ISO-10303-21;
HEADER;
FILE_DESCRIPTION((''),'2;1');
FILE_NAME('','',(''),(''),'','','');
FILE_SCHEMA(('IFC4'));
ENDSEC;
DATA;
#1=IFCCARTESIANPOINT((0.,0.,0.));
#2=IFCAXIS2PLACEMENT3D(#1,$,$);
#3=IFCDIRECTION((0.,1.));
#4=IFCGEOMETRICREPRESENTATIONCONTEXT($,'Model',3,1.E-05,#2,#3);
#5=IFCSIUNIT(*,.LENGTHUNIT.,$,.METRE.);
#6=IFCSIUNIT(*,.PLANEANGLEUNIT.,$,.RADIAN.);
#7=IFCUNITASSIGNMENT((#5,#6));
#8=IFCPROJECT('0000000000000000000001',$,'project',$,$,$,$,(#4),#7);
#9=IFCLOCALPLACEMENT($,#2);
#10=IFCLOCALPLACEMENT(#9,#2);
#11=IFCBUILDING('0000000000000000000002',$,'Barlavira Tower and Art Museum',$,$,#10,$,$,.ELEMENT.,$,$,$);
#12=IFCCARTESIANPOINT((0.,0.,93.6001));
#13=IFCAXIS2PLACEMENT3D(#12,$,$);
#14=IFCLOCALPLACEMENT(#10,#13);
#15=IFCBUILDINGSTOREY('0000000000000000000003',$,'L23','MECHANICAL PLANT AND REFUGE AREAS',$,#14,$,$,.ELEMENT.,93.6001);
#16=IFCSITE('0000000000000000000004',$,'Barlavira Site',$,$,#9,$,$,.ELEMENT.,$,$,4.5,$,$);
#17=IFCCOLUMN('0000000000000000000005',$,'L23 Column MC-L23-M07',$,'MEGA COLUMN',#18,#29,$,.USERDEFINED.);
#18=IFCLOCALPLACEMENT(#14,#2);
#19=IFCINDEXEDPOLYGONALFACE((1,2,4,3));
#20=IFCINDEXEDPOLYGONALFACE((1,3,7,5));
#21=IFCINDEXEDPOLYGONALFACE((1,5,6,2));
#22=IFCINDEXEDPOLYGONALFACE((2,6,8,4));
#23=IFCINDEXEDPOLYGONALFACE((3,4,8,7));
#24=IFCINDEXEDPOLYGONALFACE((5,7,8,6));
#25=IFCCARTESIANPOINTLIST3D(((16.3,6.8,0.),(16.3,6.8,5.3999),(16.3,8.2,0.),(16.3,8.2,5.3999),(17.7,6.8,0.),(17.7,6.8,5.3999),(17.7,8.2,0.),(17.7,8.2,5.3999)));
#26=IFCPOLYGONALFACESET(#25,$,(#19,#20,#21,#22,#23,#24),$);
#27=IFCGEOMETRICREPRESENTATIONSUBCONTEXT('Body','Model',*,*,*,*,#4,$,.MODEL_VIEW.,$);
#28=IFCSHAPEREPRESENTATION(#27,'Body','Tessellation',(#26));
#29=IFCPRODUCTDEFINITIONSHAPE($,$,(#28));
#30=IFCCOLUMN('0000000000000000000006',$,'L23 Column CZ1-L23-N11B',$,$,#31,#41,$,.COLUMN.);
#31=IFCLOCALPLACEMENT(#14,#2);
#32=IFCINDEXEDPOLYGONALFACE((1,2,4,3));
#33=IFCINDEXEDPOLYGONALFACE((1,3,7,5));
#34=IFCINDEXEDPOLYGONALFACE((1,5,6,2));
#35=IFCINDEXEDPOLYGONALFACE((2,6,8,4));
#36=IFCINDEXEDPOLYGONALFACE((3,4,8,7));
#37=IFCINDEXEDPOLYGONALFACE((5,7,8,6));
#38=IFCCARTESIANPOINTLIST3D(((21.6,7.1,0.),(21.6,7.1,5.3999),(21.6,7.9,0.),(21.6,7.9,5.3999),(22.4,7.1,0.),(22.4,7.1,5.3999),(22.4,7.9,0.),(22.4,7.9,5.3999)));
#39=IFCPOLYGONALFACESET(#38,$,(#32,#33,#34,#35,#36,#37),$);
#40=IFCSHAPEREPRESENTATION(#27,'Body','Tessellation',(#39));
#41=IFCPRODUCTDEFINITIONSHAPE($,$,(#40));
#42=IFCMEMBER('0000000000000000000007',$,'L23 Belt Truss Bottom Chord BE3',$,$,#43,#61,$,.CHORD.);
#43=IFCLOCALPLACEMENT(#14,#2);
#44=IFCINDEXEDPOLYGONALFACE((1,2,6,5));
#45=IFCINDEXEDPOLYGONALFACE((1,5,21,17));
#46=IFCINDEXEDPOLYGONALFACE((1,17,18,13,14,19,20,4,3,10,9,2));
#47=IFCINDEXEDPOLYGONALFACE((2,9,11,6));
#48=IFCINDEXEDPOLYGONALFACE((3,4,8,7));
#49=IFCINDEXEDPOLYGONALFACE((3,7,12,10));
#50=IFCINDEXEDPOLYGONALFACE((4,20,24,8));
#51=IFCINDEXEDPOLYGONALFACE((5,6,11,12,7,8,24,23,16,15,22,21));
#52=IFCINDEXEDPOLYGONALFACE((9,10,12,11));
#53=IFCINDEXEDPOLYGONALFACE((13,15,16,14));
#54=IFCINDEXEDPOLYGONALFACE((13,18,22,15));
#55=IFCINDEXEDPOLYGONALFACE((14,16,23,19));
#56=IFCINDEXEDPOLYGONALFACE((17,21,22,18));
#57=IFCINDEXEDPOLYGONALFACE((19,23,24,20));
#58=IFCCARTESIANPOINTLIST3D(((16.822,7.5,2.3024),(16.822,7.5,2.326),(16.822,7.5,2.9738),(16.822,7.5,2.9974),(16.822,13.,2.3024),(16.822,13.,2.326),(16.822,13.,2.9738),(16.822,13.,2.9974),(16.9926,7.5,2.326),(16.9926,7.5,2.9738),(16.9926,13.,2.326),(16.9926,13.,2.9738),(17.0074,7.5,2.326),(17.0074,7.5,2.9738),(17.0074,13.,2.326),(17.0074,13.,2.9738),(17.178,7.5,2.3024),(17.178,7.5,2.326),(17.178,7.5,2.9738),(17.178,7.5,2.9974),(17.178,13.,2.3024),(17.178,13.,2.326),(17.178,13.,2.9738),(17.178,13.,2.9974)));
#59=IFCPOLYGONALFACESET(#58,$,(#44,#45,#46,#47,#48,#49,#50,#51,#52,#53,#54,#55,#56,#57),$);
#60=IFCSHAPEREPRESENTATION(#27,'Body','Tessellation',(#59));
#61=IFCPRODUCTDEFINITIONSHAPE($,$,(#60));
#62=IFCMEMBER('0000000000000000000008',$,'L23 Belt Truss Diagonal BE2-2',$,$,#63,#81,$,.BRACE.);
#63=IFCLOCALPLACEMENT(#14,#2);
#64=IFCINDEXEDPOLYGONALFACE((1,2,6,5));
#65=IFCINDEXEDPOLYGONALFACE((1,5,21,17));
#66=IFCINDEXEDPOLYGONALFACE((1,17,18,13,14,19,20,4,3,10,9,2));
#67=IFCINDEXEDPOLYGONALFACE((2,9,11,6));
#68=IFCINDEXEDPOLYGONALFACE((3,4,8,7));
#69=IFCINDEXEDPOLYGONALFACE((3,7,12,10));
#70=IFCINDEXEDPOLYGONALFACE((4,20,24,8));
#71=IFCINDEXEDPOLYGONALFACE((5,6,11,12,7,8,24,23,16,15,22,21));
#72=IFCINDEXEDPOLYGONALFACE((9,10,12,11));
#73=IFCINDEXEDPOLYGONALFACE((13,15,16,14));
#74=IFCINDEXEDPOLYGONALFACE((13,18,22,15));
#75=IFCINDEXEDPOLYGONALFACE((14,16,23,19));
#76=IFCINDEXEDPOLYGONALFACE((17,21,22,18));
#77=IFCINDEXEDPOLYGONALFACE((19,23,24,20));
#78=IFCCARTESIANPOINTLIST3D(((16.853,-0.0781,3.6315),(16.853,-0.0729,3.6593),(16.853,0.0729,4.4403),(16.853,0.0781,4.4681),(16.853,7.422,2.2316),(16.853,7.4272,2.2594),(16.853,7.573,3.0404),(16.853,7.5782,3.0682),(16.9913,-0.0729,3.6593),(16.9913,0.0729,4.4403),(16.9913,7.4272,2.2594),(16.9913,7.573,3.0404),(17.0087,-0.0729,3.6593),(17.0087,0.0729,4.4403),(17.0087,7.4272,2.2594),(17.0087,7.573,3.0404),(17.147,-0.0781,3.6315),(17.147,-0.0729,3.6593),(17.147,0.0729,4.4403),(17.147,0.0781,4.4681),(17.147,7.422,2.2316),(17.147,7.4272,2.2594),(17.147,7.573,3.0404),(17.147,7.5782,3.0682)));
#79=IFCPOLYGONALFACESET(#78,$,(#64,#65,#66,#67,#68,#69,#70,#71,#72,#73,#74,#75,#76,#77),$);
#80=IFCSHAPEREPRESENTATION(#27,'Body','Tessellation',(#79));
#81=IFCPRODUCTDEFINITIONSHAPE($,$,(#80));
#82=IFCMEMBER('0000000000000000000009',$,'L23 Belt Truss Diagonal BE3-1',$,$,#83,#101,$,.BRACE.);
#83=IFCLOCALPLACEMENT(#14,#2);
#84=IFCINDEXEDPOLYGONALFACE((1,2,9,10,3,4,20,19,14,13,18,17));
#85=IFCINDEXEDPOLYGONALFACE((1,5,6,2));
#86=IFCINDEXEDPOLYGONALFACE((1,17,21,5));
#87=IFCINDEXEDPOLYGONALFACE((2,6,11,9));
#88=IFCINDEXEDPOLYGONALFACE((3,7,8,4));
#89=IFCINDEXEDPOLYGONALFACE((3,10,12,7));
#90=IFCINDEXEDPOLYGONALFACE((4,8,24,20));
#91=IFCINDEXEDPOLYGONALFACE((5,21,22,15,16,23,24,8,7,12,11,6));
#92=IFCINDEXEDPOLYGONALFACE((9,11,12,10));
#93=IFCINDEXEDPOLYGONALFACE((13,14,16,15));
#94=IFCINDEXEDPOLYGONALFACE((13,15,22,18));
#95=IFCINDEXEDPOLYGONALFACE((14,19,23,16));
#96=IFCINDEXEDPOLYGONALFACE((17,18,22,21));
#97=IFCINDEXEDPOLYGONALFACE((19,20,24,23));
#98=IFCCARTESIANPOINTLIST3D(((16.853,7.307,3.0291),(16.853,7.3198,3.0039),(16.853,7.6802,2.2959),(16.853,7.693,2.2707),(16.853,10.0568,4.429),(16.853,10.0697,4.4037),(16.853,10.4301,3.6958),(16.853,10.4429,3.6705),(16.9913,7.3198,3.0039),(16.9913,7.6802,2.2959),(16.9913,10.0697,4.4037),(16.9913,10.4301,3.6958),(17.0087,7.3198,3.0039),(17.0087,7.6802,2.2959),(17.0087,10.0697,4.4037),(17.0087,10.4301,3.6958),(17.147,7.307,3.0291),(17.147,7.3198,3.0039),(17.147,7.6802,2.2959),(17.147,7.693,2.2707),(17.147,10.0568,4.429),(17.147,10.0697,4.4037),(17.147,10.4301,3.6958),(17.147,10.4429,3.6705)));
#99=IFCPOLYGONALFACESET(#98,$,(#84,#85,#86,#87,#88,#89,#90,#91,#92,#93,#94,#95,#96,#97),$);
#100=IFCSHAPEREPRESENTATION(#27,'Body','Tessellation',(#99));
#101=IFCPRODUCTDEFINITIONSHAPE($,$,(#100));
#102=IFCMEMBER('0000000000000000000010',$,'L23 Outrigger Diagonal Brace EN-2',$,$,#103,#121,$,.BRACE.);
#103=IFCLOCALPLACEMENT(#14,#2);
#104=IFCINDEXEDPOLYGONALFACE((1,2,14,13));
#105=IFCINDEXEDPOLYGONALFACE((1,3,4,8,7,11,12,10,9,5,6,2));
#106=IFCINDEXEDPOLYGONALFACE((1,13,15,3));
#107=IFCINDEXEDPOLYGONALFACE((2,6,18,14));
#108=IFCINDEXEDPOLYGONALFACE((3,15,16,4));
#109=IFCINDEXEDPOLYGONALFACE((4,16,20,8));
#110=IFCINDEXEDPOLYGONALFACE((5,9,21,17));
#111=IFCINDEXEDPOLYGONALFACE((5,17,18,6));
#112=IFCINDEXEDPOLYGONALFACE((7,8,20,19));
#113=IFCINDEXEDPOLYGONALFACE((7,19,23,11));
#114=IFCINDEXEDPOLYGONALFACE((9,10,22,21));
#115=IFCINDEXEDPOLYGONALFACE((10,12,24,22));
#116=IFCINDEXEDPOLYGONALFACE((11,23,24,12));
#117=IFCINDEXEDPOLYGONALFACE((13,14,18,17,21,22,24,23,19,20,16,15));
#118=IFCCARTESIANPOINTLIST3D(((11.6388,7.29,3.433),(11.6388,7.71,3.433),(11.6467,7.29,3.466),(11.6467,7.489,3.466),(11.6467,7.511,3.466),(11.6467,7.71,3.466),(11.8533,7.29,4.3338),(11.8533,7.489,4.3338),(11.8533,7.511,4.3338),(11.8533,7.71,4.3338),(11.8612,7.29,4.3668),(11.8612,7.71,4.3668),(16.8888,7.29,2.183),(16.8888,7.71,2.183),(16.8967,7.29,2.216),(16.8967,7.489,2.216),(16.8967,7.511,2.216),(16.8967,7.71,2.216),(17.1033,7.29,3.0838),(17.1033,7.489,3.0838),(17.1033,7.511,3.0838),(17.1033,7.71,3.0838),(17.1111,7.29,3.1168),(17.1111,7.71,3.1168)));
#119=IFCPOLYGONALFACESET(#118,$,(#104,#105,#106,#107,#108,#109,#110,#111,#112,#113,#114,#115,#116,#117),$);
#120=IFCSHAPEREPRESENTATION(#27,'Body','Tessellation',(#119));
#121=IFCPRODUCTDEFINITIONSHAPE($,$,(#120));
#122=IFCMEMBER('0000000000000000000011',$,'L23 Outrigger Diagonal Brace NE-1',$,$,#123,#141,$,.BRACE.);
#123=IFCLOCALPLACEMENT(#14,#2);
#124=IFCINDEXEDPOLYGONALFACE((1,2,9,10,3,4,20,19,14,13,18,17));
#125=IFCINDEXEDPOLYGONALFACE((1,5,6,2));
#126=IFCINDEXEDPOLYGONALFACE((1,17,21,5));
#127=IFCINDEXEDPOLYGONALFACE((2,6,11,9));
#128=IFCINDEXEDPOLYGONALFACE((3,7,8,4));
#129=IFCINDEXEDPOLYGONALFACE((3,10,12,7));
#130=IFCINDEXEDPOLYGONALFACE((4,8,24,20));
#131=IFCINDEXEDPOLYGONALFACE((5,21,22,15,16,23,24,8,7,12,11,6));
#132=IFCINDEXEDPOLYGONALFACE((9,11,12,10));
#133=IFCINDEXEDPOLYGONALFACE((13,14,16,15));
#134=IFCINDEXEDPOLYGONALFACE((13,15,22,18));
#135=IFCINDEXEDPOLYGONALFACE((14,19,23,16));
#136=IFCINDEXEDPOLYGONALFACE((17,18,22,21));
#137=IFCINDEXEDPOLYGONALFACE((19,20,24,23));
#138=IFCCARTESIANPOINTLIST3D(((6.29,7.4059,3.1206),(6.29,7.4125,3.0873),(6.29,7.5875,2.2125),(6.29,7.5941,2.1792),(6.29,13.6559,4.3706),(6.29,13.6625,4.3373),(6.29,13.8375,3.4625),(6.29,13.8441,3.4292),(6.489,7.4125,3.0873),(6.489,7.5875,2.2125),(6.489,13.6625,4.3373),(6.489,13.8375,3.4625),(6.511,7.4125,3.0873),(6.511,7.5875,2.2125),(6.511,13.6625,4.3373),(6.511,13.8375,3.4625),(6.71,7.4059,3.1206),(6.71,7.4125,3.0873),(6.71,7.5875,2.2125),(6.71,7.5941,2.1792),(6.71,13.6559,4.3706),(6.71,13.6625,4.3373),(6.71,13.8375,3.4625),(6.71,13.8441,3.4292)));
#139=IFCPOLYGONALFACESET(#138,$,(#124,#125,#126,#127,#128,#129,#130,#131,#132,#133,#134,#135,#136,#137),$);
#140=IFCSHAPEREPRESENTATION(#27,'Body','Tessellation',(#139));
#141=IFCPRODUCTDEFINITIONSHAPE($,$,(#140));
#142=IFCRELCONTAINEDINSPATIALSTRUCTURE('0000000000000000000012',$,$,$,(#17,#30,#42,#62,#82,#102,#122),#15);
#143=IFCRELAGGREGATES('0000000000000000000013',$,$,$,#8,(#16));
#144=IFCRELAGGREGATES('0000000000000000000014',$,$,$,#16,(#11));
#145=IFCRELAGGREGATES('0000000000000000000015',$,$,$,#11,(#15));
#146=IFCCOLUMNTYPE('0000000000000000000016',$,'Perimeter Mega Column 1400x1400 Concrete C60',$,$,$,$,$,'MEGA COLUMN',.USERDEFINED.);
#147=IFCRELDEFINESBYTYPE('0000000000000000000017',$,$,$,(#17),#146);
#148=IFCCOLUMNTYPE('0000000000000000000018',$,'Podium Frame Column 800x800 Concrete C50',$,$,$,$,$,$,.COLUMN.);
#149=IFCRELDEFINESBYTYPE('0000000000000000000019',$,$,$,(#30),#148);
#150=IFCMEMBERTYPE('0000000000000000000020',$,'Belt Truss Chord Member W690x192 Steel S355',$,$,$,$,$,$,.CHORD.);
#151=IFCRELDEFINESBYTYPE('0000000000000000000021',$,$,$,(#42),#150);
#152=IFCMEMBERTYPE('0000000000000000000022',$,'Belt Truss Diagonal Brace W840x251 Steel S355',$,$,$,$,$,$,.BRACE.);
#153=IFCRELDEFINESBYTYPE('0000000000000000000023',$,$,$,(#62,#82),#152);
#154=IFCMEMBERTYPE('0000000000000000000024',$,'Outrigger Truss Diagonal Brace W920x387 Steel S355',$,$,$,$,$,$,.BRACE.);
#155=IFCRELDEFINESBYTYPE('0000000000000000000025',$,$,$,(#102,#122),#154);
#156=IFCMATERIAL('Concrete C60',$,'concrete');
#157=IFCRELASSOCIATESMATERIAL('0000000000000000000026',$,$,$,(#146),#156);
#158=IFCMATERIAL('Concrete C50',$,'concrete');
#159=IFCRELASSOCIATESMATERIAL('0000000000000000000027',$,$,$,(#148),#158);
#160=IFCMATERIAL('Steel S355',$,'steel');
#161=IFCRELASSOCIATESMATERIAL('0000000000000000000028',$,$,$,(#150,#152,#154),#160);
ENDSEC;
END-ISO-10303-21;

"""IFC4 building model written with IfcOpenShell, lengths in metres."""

from ifc_helpers import new_model, si_unit, direction, frame, origin, origin_2d, place, context, subcontext, project, spatial, rectangle, i_section, extrude, material, material_profile, profile_set, type_object, element, save


model = new_model("IFC4")

# Units and contexts
model_context = context("Model", 3, precision=1e-05, world=origin(), true_north=direction((0.0, 1.0)))
body_context = subcontext(model_context, "Body", "Model", "MODEL_VIEW")
ifc_project = project(units=[si_unit("LENGTHUNIT", "METRE"), si_unit("PLANEANGLEUNIT", "RADIAN")], contexts=[model_context])

# Site, building, storey
site_placement = place(None, origin())
site = spatial("IfcSite", under=ifc_project, at=site_placement, Name="Barlavira Site", CompositionType="ELEMENT", RefElevation=4.5)
building_placement = place(site_placement, origin())
building = spatial("IfcBuilding", under=site, at=building_placement, Name="Barlavira Tower and Art Museum", CompositionType="ELEMENT")
storey_placement = place(building_placement, frame((0.0, 0.0, 93.6001)))
storey = spatial("IfcBuildingStorey", under=building, at=storey_placement, Name="L23", Description="MECHANICAL PLANT AND REFUGE AREAS", CompositionType="ELEMENT", Elevation=93.6001)

# Columns
ifc_material_1 = material(Name="Concrete C60", Category="concrete")
ifc_material_profile_1 = material_profile(ifc_material_1, rectangle(XDim=1.3999, YDim=1.3999, at=origin_2d()), Name="RC-MCOL 1400x1400")
ifc_profile_set_1 = profile_set([ifc_material_profile_1], Name="Concrete C60")
column_type_1 = type_object("IfcColumnType", Name="Perimeter Mega Column 1400x1400 Concrete C60", ElementType="MEGA COLUMN", PredefinedType="USERDEFINED", material=ifc_profile_set_1)
column_1_placement = place(storey_placement, frame((17.0, 7.5, 0.0), z_axis=(0.0, 0.0, 1.0), x_axis=(1.0, 0.0, 0.0)))
element("IfcColumn", 1, at=column_1_placement, inside=storey, type_object=column_type_1, Name="L23 Column MC-L23-M07", ObjectType="MEGA COLUMN", PredefinedType="USERDEFINED", context=body_context, shape_type="SweptSolid", body=[
    extrude(rectangle(XDim=1.3999, YDim=1.3999, at=origin_2d()), origin(), (0.0, 0.0, 1.0), 5.3999),
])
ifc_material_2 = material(Name="Concrete C50", Category="concrete")
ifc_material_profile_2 = material_profile(ifc_material_2, rectangle(XDim=0.8, YDim=0.8, at=origin_2d()), Name="RC-COL 800x800")
ifc_profile_set_2 = profile_set([ifc_material_profile_2], Name="Concrete C50")
column_type_2 = type_object("IfcColumnType", Name="Podium Frame Column 800x800 Concrete C50", PredefinedType="COLUMN", material=ifc_profile_set_2)
column_2_placement = place(storey_placement, frame((22.0, 7.5, 0.0), z_axis=(0.0, 0.0, 1.0), x_axis=(1.0, 0.0, 0.0)))
element("IfcColumn", 2, at=column_2_placement, inside=storey, type_object=column_type_2, Name="L23 Column CZ1-L23-N11B", PredefinedType="COLUMN", context=body_context, shape_type="SweptSolid", body=[
    extrude(rectangle(XDim=0.8, YDim=0.8, at=origin_2d()), origin(), (0.0, 0.0, 1.0), 5.3999),
])

# Members
ifc_material_3 = material(Name="Steel S355", Category="steel")
ifc_material_profile_3 = material_profile(ifc_material_3, i_section(OverallWidth=0.356, OverallDepth=0.6951, WebThickness=0.0149, FlangeThickness=0.0237, at=origin_2d()), Name="W690x192.0")
ifc_profile_set_3 = profile_set([ifc_material_profile_3], Name="Steel S355")
member_type_1 = type_object("IfcMemberType", Name="Belt Truss Chord Member W690x192 Steel S355", PredefinedType="CHORD", material=ifc_profile_set_3)
member_1_placement = place(storey_placement, frame((17.0, 7.5, 2.6499), z_axis=(0.0, 1.0, 0.0), x_axis=(-1.0, 0.0, 0.0)))
element("IfcMember", 3, at=member_1_placement, inside=storey, type_object=member_type_1, Name="L23 Belt Truss Bottom Chord BE3", PredefinedType="CHORD", context=body_context, shape_type="SweptSolid", body=[
    extrude(i_section(OverallWidth=0.356, OverallDepth=0.6951, WebThickness=0.0149, FlangeThickness=0.0237, at=origin_2d()), origin(), (0.0, 0.0, 1.0), 5.5),
])
ifc_material_profile_4 = material_profile(ifc_material_3, i_section(OverallWidth=0.2939, OverallDepth=0.8511, WebThickness=0.0173, FlangeThickness=0.0283, at=origin_2d()), Name="W840x251.0")
ifc_profile_set_4 = profile_set([ifc_material_profile_4], Name="Steel S355")
member_type_2 = type_object("IfcMemberType", Name="Belt Truss Diagonal Brace W840x251 Steel S355", PredefinedType="BRACE", material=ifc_profile_set_4)
member_2_placement = place(storey_placement, frame((17.0, 0.0, 4.0498), z_axis=(0.0, 0.983023, -0.183485), x_axis=(-1.0, 0.0, 0.0)))
element("IfcMember", 4, at=member_2_placement, inside=storey, type_object=member_type_2, Name="L23 Belt Truss Diagonal BE2-2", PredefinedType="BRACE", context=body_context, shape_type="SweptSolid", body=[
    extrude(i_section(OverallWidth=0.2939, OverallDepth=0.8511, WebThickness=0.0173, FlangeThickness=0.0283, at=origin_2d()), origin(), (0.0, 0.0, 1.0), 7.6296),
])
member_3_placement = place(storey_placement, frame((17.0, 7.5, 2.6499), z_axis=(0.0, 0.891176, 0.453658), x_axis=(-1.0, 0.0, 0.0)))
element("IfcMember", 5, at=member_3_placement, inside=storey, type_object=member_type_2, Name="L23 Belt Truss Diagonal BE3-1", PredefinedType="BRACE", context=body_context, shape_type="SweptSolid", body=[
    extrude(i_section(OverallWidth=0.2939, OverallDepth=0.8511, WebThickness=0.0173, FlangeThickness=0.0283, at=origin_2d()), origin(), (0.0, 0.0, 1.0), 3.0857),
])
ifc_material_profile_5 = material_profile(ifc_material_3, i_section(OverallWidth=0.4199, OverallDepth=0.96, WebThickness=0.022, FlangeThickness=0.0339, at=origin_2d()), Name="W920x387.0")
ifc_profile_set_5 = profile_set([ifc_material_profile_5], Name="Steel S355")
member_type_3 = type_object("IfcMemberType", Name="Outrigger Truss Diagonal Brace W920x387 Steel S355", PredefinedType="BRACE", material=ifc_profile_set_5)
member_4_placement = place(storey_placement, frame((11.75, 7.5, 3.8999), z_axis=(0.972806, 0.0, -0.231621), x_axis=(0.0, 1.0, 0.0)))
element("IfcMember", 6, at=member_4_placement, inside=storey, type_object=member_type_3, Name="L23 Outrigger Diagonal Brace EN-2", PredefinedType="BRACE", context=body_context, shape_type="SweptSolid", body=[
    extrude(i_section(OverallWidth=0.4199, OverallDepth=0.96, WebThickness=0.022, FlangeThickness=0.0339, at=origin_2d()), origin(), (0.0, 0.0, 1.0), 5.3967),
])
member_5_placement = place(storey_placement, frame((6.5, 7.5, 2.6499), z_axis=(0.0, 0.980581, 0.196116), x_axis=(-1.0, 0.0, 0.0)))
element("IfcMember", 7, at=member_5_placement, inside=storey, type_object=member_type_3, Name="L23 Outrigger Diagonal Brace NE-1", PredefinedType="BRACE", context=body_context, shape_type="SweptSolid", body=[
    extrude(i_section(OverallWidth=0.4199, OverallDepth=0.96, WebThickness=0.022, FlangeThickness=0.0339, at=origin_2d()), origin(), (0.0, 0.0, 1.0), 6.3738),
])

save(model, "model.ifc")
